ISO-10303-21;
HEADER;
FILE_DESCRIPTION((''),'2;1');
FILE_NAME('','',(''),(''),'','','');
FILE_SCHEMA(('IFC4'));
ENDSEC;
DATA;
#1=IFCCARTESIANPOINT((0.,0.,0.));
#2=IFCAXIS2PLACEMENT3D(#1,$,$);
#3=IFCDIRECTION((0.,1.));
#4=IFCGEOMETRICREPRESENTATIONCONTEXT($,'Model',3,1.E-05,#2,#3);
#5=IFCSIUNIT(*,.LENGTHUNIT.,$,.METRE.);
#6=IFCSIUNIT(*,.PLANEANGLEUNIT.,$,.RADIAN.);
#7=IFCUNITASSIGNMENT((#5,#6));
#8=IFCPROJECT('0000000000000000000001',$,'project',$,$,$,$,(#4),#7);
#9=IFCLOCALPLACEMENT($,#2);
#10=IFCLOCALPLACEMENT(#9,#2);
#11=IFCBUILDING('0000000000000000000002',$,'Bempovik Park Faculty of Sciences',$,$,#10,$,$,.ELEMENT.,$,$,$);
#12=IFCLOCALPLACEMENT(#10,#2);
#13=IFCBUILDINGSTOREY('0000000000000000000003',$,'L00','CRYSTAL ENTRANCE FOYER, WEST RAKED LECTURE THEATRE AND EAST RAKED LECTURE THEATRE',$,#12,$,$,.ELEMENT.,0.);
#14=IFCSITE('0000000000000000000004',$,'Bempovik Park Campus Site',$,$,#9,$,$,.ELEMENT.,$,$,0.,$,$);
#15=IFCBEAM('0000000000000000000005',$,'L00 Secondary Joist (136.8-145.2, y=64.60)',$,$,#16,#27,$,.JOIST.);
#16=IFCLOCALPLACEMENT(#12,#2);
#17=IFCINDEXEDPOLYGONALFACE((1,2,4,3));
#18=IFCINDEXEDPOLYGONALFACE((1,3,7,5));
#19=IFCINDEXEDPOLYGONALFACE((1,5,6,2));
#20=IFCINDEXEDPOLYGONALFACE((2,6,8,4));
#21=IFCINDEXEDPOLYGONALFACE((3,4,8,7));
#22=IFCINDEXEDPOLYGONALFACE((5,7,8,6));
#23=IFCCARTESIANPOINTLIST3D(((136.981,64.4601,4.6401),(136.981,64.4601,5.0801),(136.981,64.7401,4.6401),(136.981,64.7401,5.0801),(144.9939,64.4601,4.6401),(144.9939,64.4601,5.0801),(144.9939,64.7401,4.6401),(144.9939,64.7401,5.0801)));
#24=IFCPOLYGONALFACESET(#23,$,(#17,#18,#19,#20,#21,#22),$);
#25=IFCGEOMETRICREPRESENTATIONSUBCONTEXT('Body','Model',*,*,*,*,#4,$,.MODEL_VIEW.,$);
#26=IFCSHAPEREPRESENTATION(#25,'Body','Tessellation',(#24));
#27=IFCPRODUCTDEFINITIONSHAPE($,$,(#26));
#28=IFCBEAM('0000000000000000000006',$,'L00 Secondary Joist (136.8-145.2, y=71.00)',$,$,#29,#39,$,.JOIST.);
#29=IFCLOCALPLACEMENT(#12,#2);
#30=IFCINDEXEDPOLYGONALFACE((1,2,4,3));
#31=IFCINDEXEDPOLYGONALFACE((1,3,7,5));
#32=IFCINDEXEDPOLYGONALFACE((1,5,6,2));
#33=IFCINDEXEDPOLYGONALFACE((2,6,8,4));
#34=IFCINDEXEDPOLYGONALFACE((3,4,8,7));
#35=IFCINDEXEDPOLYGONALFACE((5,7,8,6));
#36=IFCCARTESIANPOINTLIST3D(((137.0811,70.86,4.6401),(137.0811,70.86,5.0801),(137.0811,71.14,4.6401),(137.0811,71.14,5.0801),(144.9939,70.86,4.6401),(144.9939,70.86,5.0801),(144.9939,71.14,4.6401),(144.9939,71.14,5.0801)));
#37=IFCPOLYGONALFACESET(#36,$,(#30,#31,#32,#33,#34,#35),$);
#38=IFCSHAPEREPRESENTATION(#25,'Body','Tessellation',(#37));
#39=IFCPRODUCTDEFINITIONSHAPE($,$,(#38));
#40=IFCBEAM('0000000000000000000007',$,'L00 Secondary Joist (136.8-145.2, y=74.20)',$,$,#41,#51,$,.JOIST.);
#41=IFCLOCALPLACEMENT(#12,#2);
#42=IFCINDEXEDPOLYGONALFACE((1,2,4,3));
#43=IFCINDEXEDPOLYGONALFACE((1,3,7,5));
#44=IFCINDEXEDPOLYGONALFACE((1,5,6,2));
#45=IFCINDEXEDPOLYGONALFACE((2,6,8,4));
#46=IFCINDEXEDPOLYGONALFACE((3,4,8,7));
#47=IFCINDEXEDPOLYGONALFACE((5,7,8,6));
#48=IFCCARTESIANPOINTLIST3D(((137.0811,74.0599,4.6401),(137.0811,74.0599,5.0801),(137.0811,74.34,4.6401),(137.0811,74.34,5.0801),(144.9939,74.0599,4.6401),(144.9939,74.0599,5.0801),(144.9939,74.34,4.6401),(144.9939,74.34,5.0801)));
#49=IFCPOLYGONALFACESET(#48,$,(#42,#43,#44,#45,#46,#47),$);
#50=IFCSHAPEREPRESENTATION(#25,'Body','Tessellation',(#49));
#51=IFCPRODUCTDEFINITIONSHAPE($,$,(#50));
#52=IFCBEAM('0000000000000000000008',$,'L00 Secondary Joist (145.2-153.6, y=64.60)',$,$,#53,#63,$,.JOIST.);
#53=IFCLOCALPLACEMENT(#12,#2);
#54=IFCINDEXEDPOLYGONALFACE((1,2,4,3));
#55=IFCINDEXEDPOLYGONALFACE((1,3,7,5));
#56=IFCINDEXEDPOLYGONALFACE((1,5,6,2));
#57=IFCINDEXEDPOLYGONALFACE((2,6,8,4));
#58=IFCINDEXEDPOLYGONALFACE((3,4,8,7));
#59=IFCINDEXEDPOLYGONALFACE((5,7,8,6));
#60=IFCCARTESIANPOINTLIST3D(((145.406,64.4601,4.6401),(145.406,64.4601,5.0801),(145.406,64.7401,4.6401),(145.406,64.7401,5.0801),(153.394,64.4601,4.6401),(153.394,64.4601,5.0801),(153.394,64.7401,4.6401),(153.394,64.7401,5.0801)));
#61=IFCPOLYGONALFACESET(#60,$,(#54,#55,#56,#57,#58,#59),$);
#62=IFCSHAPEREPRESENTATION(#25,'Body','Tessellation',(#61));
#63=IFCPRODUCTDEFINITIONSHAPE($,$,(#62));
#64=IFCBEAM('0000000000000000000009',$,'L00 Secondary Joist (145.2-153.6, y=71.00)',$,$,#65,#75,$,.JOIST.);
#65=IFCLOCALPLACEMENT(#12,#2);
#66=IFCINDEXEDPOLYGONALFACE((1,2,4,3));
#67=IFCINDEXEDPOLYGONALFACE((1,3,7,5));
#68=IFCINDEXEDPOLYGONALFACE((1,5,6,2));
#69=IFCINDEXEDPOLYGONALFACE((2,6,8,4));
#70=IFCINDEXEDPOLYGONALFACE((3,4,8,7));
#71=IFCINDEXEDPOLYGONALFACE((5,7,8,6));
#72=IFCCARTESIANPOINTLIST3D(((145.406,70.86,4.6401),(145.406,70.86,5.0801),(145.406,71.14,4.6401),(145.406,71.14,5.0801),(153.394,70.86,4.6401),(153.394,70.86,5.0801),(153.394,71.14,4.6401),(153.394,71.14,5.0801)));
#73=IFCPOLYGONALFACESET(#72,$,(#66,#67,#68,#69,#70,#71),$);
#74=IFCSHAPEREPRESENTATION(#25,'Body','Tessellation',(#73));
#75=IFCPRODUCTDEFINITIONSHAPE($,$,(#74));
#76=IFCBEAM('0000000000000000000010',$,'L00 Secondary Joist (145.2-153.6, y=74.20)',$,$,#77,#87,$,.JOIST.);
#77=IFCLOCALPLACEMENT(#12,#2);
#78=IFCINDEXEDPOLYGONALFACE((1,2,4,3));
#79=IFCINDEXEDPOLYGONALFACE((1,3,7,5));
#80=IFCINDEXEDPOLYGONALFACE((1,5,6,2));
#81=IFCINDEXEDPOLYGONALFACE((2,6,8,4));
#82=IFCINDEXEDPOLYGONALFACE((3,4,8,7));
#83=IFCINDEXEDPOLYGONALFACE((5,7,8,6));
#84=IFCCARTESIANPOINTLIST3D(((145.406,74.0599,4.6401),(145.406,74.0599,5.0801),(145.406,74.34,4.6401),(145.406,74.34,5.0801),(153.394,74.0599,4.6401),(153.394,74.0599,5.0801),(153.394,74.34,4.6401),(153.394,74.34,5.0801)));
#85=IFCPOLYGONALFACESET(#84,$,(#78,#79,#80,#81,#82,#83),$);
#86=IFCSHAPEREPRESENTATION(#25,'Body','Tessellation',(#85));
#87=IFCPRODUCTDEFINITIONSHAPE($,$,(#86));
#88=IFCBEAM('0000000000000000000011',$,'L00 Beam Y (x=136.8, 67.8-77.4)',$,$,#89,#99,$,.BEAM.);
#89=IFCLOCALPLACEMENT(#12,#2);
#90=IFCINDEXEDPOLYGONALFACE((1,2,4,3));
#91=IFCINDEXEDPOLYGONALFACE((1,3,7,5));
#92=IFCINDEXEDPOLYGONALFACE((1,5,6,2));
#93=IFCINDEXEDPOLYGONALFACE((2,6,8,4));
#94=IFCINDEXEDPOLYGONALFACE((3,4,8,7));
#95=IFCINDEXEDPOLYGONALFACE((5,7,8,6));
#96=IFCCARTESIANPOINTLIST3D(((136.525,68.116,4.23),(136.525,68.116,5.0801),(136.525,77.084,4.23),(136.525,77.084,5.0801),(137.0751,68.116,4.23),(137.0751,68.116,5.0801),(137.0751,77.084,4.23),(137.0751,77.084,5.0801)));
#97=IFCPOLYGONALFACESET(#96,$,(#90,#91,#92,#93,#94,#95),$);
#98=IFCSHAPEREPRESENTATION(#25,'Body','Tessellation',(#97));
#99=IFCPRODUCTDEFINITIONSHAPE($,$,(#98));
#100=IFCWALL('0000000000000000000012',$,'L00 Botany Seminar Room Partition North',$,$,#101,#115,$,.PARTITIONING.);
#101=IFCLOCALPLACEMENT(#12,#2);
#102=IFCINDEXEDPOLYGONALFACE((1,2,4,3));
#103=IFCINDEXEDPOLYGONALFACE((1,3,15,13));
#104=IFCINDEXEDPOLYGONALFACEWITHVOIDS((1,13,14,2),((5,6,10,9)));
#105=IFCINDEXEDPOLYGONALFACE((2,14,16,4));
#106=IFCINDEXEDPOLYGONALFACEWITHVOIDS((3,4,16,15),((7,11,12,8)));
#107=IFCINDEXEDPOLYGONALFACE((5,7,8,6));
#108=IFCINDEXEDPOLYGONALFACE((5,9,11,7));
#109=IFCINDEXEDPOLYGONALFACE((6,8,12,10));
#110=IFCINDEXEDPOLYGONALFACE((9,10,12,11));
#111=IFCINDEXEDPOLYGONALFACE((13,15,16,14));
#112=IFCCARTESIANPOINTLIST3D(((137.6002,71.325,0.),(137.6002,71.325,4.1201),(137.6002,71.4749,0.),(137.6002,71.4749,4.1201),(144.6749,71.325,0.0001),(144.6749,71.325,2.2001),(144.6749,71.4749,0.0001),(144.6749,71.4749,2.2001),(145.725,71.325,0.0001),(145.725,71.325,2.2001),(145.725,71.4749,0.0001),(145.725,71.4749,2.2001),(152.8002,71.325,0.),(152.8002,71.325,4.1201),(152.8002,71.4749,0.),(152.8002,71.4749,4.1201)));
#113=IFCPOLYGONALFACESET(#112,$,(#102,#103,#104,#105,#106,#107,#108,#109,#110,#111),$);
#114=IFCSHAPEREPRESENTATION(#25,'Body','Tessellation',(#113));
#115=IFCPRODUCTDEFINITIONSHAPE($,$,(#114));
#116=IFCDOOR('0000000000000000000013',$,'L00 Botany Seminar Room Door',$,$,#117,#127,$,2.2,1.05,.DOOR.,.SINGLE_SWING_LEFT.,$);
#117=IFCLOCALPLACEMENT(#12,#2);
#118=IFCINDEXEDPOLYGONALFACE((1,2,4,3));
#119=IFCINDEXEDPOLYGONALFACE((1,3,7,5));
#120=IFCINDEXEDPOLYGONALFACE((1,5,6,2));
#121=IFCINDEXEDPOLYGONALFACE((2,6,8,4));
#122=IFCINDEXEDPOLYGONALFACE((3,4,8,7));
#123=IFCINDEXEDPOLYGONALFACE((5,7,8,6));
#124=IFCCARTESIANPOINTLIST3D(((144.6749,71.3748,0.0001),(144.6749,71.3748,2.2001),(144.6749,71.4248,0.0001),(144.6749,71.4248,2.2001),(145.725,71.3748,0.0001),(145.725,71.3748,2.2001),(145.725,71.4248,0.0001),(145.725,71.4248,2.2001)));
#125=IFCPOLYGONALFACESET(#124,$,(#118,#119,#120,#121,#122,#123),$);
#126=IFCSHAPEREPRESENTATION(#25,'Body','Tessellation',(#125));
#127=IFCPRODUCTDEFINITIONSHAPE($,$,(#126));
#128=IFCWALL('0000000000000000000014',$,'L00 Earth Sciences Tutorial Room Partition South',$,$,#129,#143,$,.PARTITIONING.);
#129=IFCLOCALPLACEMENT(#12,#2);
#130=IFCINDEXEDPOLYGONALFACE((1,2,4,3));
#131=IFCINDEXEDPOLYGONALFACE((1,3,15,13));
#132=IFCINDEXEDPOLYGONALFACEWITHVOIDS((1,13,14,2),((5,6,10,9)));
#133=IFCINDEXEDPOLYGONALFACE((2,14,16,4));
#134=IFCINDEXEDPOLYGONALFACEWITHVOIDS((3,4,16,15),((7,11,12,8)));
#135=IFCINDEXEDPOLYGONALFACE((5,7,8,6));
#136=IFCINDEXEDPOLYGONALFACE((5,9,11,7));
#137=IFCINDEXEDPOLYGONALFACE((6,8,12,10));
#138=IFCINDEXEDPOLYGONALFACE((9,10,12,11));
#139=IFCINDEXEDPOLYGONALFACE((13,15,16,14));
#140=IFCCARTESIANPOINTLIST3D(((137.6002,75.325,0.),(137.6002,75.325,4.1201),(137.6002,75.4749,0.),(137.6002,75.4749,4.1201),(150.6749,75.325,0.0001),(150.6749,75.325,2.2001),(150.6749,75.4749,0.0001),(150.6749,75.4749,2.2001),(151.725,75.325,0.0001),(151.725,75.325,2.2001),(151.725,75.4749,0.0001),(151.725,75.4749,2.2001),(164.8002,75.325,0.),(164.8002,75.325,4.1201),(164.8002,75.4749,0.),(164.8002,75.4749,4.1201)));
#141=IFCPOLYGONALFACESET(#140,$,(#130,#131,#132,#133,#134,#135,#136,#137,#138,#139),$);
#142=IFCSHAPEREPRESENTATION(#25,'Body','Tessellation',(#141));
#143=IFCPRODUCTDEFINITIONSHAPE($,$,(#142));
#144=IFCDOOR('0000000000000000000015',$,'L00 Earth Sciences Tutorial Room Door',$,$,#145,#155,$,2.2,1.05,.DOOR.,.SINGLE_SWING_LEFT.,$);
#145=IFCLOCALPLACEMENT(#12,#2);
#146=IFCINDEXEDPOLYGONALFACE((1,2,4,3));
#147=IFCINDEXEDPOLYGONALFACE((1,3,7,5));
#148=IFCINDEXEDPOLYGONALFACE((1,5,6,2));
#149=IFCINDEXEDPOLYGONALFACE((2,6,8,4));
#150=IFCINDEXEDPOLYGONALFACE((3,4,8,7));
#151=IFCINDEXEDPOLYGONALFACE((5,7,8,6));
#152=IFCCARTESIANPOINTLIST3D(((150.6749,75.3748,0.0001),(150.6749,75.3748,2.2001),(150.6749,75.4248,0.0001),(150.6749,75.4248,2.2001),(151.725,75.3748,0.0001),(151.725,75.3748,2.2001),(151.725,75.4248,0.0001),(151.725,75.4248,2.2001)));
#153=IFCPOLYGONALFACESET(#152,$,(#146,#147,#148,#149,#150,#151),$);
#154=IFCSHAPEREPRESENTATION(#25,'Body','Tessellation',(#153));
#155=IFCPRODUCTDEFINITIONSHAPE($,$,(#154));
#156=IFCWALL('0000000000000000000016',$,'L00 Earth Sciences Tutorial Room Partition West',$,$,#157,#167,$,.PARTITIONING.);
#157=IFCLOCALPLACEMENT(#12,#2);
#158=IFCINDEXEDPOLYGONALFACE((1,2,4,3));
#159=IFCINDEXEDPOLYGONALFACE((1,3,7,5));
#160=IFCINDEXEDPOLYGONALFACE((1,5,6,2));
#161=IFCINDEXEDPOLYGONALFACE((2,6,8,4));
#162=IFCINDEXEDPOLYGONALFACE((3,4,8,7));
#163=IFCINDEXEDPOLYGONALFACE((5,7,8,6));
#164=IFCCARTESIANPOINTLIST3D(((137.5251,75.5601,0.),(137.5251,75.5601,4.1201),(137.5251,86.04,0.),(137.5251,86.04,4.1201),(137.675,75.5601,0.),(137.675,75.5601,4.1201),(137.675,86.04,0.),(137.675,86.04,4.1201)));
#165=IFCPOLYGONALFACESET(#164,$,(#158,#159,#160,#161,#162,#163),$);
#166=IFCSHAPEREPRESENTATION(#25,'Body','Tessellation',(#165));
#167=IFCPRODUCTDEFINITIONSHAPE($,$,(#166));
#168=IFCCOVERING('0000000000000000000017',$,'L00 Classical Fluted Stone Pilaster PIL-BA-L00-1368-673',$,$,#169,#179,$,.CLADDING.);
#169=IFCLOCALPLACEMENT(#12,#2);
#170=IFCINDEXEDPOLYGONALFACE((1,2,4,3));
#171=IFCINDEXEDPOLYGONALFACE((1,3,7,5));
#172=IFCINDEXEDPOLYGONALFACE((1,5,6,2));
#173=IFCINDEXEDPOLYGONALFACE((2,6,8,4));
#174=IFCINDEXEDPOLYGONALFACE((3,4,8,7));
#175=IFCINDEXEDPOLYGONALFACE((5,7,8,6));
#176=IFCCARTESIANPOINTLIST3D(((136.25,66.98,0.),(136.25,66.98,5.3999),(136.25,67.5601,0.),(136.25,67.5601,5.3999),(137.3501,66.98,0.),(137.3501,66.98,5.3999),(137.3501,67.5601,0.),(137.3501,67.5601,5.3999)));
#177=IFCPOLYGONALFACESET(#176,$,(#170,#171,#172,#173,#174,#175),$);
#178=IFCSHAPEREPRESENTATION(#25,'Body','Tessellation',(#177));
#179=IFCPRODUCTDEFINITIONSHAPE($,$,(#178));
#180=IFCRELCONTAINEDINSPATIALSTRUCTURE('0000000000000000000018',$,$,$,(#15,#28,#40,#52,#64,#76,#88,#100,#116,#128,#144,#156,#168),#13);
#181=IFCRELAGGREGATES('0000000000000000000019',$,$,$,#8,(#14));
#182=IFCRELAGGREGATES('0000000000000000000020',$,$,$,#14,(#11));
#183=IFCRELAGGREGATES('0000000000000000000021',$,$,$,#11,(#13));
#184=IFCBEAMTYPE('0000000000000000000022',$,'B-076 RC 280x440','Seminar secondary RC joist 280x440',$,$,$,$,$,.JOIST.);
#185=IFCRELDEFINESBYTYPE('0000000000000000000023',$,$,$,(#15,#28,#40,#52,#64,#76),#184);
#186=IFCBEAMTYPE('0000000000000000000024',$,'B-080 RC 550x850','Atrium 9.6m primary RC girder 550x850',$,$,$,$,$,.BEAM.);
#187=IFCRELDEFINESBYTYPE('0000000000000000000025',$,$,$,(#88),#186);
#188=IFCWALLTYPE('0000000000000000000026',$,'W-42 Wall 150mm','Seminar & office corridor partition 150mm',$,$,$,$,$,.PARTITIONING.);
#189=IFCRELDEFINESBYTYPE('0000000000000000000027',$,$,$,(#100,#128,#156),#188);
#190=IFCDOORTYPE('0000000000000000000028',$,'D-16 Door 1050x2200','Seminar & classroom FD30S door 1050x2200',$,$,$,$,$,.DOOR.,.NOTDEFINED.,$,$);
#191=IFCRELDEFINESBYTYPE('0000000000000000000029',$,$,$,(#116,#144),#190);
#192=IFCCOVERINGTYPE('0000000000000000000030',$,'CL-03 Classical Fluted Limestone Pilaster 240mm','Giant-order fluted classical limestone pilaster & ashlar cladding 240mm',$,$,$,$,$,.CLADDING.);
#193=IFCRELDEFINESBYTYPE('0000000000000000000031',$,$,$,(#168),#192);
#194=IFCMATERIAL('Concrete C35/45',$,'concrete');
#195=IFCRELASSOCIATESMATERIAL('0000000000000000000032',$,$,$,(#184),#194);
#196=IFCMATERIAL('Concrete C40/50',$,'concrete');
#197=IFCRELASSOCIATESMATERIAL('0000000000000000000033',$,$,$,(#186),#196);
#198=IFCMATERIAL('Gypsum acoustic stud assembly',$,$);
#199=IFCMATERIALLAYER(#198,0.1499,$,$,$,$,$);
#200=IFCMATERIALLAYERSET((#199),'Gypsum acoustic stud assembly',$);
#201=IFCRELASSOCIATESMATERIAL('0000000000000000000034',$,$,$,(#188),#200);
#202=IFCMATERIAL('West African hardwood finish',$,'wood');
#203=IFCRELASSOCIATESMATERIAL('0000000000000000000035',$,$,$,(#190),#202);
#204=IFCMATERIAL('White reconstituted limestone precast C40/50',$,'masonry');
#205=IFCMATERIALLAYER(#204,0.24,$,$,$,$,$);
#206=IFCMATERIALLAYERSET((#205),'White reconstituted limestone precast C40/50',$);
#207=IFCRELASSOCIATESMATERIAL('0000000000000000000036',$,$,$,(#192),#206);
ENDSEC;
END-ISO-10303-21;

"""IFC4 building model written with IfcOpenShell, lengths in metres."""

from ifc_helpers import new_model, si_unit, direction, frame, frame_2d, origin, origin_2d, place, context, subcontext, project, spatial, rectangle, extrude, material, layer, layer_set, material_profile, profile_set, type_object, element, fill, save


model = new_model("IFC4")

# Units and contexts
model_context = context("Model", 3, precision=1e-05, world=origin(), true_north=direction((0.0, 1.0)))
body_context = subcontext(model_context, "Body", "Model", "MODEL_VIEW")
ifc_project = project(units=[si_unit("LENGTHUNIT", "METRE"), si_unit("PLANEANGLEUNIT", "RADIAN")], contexts=[model_context])

# Site, building, storey
site_placement = place(None, origin())
site = spatial("IfcSite", under=ifc_project, at=site_placement, Name="Bempovik Park Campus Site", CompositionType="ELEMENT", RefElevation=0.0)
building_placement = place(site_placement, origin())
building = spatial("IfcBuilding", under=site, at=building_placement, Name="Bempovik Park Faculty of Sciences", CompositionType="ELEMENT")
storey_placement = place(building_placement, origin())
storey = spatial("IfcBuildingStorey", under=building, at=storey_placement, Name="L00", Description="CRYSTAL ENTRANCE FOYER, WEST RAKED LECTURE THEATRE AND EAST RAKED LECTURE THEATRE", CompositionType="ELEMENT", Elevation=0.0)

# Shared definitions
ifc_material_1 = material(Name="Concrete C35/45", Category="concrete")

# Beams
ifc_material_profile_1 = material_profile(ifc_material_1, rectangle(XDim=0.28, YDim=0.4399, at=origin_2d()), Name="RC 280x440")
ifc_profile_set_1 = profile_set([ifc_material_profile_1], Name="Concrete C35/45")
beam_type_1 = type_object("IfcBeamType", Name="B-076 RC 280x440", Description="Seminar secondary RC joist 280x440", PredefinedType="JOIST", material=ifc_profile_set_1)
beam_1_placement = place(storey_placement, frame((136.981, 64.6001, 4.8601), z_axis=(1.0, 0.0, 0.0), x_axis=(0.0, 1.0, 0.0)))
element("IfcBeam", 1, at=beam_1_placement, inside=storey, type_object=beam_type_1, Name="L00 Secondary Joist (136.8-145.2, y=64.60)", PredefinedType="JOIST", context=body_context, shape_type="SweptSolid", body=[
    extrude(rectangle(XDim=0.28, YDim=0.4399, at=origin_2d()), origin(), (0.0, 0.0, 1.0), 8.0129),
])
for number, where, z_axis, x_axis, name in (
    (2, (137.0811, 71.0, 4.8601), (1.0, 0.0, 0.0), (0.0, 1.0, 0.0), "L00 Secondary Joist (136.8-145.2, y=71.00)"),
    (3, (137.0811, 74.2, 4.8601), (1.0, 0.0, 0.0), (0.0, 1.0, 0.0), "L00 Secondary Joist (136.8-145.2, y=74.20)"),
):
    element("IfcBeam", number, at=place(storey_placement, frame(where, z_axis=z_axis, x_axis=x_axis)), inside=storey, type_object=beam_type_1, Name=name, PredefinedType="JOIST", context=body_context, shape_type="SweptSolid", body=[
        extrude(rectangle(XDim=0.28, YDim=0.4399, at=origin_2d()), origin(), (0.0, 0.0, 1.0), 7.9128),
    ])
for number, where, z_axis, x_axis, name in (
    (4, (145.406, 64.6001, 4.8601), (1.0, 0.0, 0.0), (0.0, 1.0, 0.0), "L00 Secondary Joist (145.2-153.6, y=64.60)"),
    (5, (145.406, 71.0, 4.8601), (1.0, 0.0, 0.0), (0.0, 1.0, 0.0), "L00 Secondary Joist (145.2-153.6, y=71.00)"),
    (6, (145.406, 74.2, 4.8601), (1.0, 0.0, 0.0), (0.0, 1.0, 0.0), "L00 Secondary Joist (145.2-153.6, y=74.20)"),
):
    element("IfcBeam", number, at=place(storey_placement, frame(where, z_axis=z_axis, x_axis=x_axis)), inside=storey, type_object=beam_type_1, Name=name, PredefinedType="JOIST", context=body_context, shape_type="SweptSolid", body=[
        extrude(rectangle(XDim=0.28, YDim=0.4399, at=origin_2d()), origin(), (0.0, 0.0, 1.0), 7.988),
    ])
ifc_material_2 = material(Name="Concrete C40/50", Category="concrete")
ifc_material_profile_2 = material_profile(ifc_material_2, rectangle(XDim=0.55, YDim=0.8501, at=origin_2d()), Name="RC 550x850")
ifc_profile_set_2 = profile_set([ifc_material_profile_2], Name="Concrete C40/50")
beam_type_2 = type_object("IfcBeamType", Name="B-080 RC 550x850", Description="Atrium 9.6m primary RC girder 550x850", PredefinedType="BEAM", material=ifc_profile_set_2)
beam_2_placement = place(storey_placement, frame((136.8, 68.116, 4.655), z_axis=(0.0, 1.0, 0.0), x_axis=(-1.0, 0.0, 0.0)))
element("IfcBeam", 7, at=beam_2_placement, inside=storey, type_object=beam_type_2, Name="L00 Beam Y (x=136.8, 67.8-77.4)", PredefinedType="BEAM", context=body_context, shape_type="SweptSolid", body=[
    extrude(rectangle(XDim=0.55, YDim=0.8501, at=origin_2d()), origin(), (0.0, 0.0, 1.0), 8.968),
])

# Walls, openings, doors
ifc_material_3 = material(Name="Gypsum acoustic stud assembly")
ifc_layer_1 = layer(ifc_material_3, 0.1499)
ifc_layer_set_1 = layer_set([ifc_layer_1], Name="Gypsum acoustic stud assembly")
wall_type = type_object("IfcWallType", Name="W-42 Wall 150mm", Description="Seminar & office corridor partition 150mm", PredefinedType="PARTITIONING", material=ifc_layer_set_1)
wall_1_placement = place(storey_placement, frame((137.6001, 71.3999, 0.0), z_axis=(0.0, 0.0, 1.0), x_axis=(1.0, 0.0, 0.0)))
wall_1 = element("IfcWall", 8, at=wall_1_placement, inside=storey, type_object=wall_type, Name="L00 Botany Seminar Room Partition North", PredefinedType="PARTITIONING", context=body_context, shape_type="SweptSolid", body=[
    extrude(rectangle(XDim=15.2, YDim=0.1499, at=frame_2d((7.6001, 0.0))), origin(), (0.0, 0.0, 1.0), 4.1201),
])
opening_1_placement = place(wall_1_placement, frame((7.075, 0.0, 0.0)))
opening_1 = element("IfcOpeningElement", 9, at=opening_1_placement, cuts=wall_1, PredefinedType="OPENING", context=body_context, shape_type="SweptSolid", body=[
    extrude(rectangle(XDim=1.05, YDim=2.2, at=frame_2d((0.5249, 1.1001))), frame((0.0, 0.085, 0.0), z_axis=(0.0, -1.0, 0.0), x_axis=(1.0, 0.0, 0.0)), (0.0, 0.0, 1.0), 0.1699),
])
ifc_material_4 = material(Name="West African hardwood finish", Category="wood")
door_type = type_object("IfcDoorType", Name="D-16 Door 1050x2200", Description="Seminar & classroom FD30S door 1050x2200", OperationType="NOTDEFINED", PredefinedType="DOOR", material=ifc_material_4)
door_1_placement = place(opening_1_placement, origin())
door_1 = element("IfcDoor", 10, at=door_1_placement, inside=storey, type_object=door_type, Name="L00 Botany Seminar Room Door", OperationType="SINGLE_SWING_LEFT", OverallHeight=2.2, OverallWidth=1.05, PredefinedType="DOOR", context=body_context, shape_type="SweptSolid", body=[
    extrude(rectangle(XDim=1.05, YDim=2.2, at=frame_2d((0.5249, 1.1001))), frame((0.0, 0.0249, 0.0), z_axis=(0.0, -1.0, 0.0), x_axis=(1.0, 0.0, 0.0)), (0.0, 0.0, 1.0), 0.05),
])
fill(opening_1, door_1)
wall_2_placement = place(storey_placement, frame((137.6001, 75.3999, 0.0), z_axis=(0.0, 0.0, 1.0), x_axis=(1.0, 0.0, 0.0)))
wall_2 = element("IfcWall", 11, at=wall_2_placement, inside=storey, type_object=wall_type, Name="L00 Earth Sciences Tutorial Room Partition South", PredefinedType="PARTITIONING", context=body_context, shape_type="SweptSolid", body=[
    extrude(rectangle(XDim=27.2, YDim=0.1499, at=frame_2d((13.6001, 0.0))), origin(), (0.0, 0.0, 1.0), 4.1201),
])
opening_2_placement = place(wall_2_placement, frame((13.075, 0.0, 0.0)))
opening_2 = element("IfcOpeningElement", 12, at=opening_2_placement, cuts=wall_2, PredefinedType="OPENING", context=body_context, shape_type="SweptSolid", body=[
    extrude(rectangle(XDim=1.05, YDim=2.2, at=frame_2d((0.5249, 1.1001))), frame((0.0, 0.085, 0.0), z_axis=(0.0, -1.0, 0.0), x_axis=(1.0, 0.0, 0.0)), (0.0, 0.0, 1.0), 0.1699),
])
door_2_placement = place(opening_2_placement, origin())
door_2 = element("IfcDoor", 13, at=door_2_placement, inside=storey, type_object=door_type, Name="L00 Earth Sciences Tutorial Room Door", OperationType="SINGLE_SWING_LEFT", OverallHeight=2.2, OverallWidth=1.05, PredefinedType="DOOR", context=body_context, shape_type="SweptSolid", body=[
    extrude(rectangle(XDim=1.05, YDim=2.2, at=frame_2d((0.5249, 1.1001))), frame((0.0, 0.0249, 0.0), z_axis=(0.0, -1.0, 0.0), x_axis=(1.0, 0.0, 0.0)), (0.0, 0.0, 1.0), 0.05),
])
fill(opening_2, door_2)

# Wall
wall_3_placement = place(storey_placement, frame((137.6001, 75.5601, 0.0), z_axis=(0.0, 0.0, 1.0), x_axis=(0.0, 1.0, 0.0)))
element("IfcWall", 14, at=wall_3_placement, inside=storey, type_object=wall_type, Name="L00 Earth Sciences Tutorial Room Partition West", PredefinedType="PARTITIONING", context=body_context, shape_type="SweptSolid", body=[
    extrude(rectangle(XDim=10.48, YDim=0.1499, at=frame_2d((5.24, 0.0))), origin(), (0.0, 0.0, 1.0), 4.1201),
])

# Covering
ifc_material_5 = material(Name="White reconstituted limestone precast C40/50", Category="masonry")
ifc_layer_2 = layer(ifc_material_5, 0.24)
ifc_layer_set_2 = layer_set([ifc_layer_2], Name="White reconstituted limestone precast C40/50")
covering_type = type_object("IfcCoveringType", Name="CL-03 Classical Fluted Limestone Pilaster 240mm", Description="Giant-order fluted classical limestone pilaster & ashlar cladding 240mm", PredefinedType="CLADDING", material=ifc_layer_set_2)
covering_placement = place(storey_placement, frame((136.8, 67.27, 0.0), z_axis=(0.0, 0.0, 1.0), x_axis=(1.0, 0.0, 0.0)))
element("IfcCovering", 15, at=covering_placement, inside=storey, type_object=covering_type, Name="L00 Classical Fluted Stone Pilaster PIL-BA-L00-1368-673", PredefinedType="CLADDING", context=body_context, shape_type="SweptSolid", body=[
    extrude(rectangle(XDim=1.1001, YDim=0.5801, at=origin_2d()), origin(), (0.0, 0.0, 1.0), 5.3999),
])

save(model, "model.ifc")
